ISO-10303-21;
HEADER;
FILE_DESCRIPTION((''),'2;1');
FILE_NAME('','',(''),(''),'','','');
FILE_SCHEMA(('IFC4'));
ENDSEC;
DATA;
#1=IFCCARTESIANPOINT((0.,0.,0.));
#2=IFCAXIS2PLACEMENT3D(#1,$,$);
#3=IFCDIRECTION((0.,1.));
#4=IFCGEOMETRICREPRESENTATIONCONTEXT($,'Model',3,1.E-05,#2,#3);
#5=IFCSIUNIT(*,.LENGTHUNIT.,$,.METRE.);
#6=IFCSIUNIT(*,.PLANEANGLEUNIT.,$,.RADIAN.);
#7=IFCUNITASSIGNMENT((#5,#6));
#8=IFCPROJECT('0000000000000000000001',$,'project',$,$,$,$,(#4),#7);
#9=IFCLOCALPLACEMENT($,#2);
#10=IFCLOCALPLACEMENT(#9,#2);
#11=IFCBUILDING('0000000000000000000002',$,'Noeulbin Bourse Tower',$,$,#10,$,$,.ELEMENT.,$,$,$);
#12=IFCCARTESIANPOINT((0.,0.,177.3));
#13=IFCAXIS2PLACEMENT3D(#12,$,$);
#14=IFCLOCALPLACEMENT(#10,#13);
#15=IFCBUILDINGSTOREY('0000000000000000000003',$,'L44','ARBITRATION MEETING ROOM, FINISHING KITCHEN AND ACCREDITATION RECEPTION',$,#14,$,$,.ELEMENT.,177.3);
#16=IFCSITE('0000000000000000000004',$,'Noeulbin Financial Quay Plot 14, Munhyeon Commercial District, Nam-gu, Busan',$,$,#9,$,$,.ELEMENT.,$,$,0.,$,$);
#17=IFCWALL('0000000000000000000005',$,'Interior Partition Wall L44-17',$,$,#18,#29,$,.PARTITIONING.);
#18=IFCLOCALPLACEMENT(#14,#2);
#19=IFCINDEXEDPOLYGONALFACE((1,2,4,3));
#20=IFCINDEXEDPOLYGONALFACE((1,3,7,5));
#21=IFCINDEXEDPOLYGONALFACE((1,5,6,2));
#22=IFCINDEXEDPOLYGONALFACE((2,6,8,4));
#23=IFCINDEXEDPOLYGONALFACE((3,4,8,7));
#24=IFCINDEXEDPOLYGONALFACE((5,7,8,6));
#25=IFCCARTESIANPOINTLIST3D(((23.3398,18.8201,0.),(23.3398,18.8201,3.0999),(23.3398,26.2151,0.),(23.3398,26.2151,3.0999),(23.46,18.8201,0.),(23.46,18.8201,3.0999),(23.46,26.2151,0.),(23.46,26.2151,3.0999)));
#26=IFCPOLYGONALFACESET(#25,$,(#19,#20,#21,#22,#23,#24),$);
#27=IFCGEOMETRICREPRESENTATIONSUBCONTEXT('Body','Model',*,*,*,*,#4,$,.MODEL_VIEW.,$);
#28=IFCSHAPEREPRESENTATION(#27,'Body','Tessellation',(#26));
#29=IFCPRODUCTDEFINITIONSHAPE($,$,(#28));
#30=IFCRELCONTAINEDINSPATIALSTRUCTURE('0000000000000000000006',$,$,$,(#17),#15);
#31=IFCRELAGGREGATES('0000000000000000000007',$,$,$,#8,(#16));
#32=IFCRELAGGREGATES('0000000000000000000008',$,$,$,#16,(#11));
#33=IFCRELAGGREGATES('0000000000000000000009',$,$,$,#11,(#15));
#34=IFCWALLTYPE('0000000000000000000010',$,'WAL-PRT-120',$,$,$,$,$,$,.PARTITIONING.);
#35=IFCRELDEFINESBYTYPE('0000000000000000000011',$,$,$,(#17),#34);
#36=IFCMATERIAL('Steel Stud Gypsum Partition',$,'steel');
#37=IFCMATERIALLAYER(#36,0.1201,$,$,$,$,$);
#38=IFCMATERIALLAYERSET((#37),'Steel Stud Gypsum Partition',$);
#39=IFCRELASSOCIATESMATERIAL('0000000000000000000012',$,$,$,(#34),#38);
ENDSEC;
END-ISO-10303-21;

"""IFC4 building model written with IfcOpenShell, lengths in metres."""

from ifc_helpers import new_model, si_unit, direction, frame, frame_2d, origin, place, context, subcontext, project, spatial, rectangle, extrude, material, layer, layer_set, type_object, element, save


model = new_model("IFC4")

# Units and contexts
model_context = context("Model", 3, precision=1e-05, world=origin(), true_north=direction((0.0, 1.0)))
body_context = subcontext(model_context, "Body", "Model", "MODEL_VIEW")
ifc_project = project(units=[si_unit("LENGTHUNIT", "METRE"), si_unit("PLANEANGLEUNIT", "RADIAN")], contexts=[model_context])

# Site, building, storey
site_placement = place(None, origin())
site = spatial("IfcSite", under=ifc_project, at=site_placement, Name="Noeulbin Financial Quay Plot 14, Munhyeon Commercial District, Nam-gu, Busan", CompositionType="ELEMENT", RefElevation=0.0)
building_placement = place(site_placement, origin())
building = spatial("IfcBuilding", under=site, at=building_placement, Name="Noeulbin Bourse Tower", CompositionType="ELEMENT")
storey_placement = place(building_placement, frame((0.0, 0.0, 177.3)))
storey = spatial("IfcBuildingStorey", under=building, at=storey_placement, Name="L44", Description="ARBITRATION MEETING ROOM, FINISHING KITCHEN AND ACCREDITATION RECEPTION", CompositionType="ELEMENT", Elevation=177.3)

# Wall
ifc_material_1 = material(Name="Steel Stud Gypsum Partition", Category="steel")
ifc_layer_1 = layer(ifc_material_1, 0.1201)
ifc_layer_set_1 = layer_set([ifc_layer_1], Name="Steel Stud Gypsum Partition")
wall_type = type_object("IfcWallType", Name="WAL-PRT-120", PredefinedType="PARTITIONING", material=ifc_layer_set_1)
wall_placement = place(storey_placement, frame((23.3999, 18.8201, 0.0), z_axis=(0.0, 0.0, 1.0), x_axis=(0.0, 1.0, 0.0)))
element("IfcWall", 1, at=wall_placement, inside=storey, type_object=wall_type, Name="Interior Partition Wall L44-17", PredefinedType="PARTITIONING", context=body_context, shape_type="SweptSolid", body=[
    extrude(rectangle(XDim=7.395, YDim=0.1201, at=frame_2d((3.6975, 0.0))), origin(), (0.0, 0.0, 1.0), 3.0999),
])

save(model, "model.ifc")
